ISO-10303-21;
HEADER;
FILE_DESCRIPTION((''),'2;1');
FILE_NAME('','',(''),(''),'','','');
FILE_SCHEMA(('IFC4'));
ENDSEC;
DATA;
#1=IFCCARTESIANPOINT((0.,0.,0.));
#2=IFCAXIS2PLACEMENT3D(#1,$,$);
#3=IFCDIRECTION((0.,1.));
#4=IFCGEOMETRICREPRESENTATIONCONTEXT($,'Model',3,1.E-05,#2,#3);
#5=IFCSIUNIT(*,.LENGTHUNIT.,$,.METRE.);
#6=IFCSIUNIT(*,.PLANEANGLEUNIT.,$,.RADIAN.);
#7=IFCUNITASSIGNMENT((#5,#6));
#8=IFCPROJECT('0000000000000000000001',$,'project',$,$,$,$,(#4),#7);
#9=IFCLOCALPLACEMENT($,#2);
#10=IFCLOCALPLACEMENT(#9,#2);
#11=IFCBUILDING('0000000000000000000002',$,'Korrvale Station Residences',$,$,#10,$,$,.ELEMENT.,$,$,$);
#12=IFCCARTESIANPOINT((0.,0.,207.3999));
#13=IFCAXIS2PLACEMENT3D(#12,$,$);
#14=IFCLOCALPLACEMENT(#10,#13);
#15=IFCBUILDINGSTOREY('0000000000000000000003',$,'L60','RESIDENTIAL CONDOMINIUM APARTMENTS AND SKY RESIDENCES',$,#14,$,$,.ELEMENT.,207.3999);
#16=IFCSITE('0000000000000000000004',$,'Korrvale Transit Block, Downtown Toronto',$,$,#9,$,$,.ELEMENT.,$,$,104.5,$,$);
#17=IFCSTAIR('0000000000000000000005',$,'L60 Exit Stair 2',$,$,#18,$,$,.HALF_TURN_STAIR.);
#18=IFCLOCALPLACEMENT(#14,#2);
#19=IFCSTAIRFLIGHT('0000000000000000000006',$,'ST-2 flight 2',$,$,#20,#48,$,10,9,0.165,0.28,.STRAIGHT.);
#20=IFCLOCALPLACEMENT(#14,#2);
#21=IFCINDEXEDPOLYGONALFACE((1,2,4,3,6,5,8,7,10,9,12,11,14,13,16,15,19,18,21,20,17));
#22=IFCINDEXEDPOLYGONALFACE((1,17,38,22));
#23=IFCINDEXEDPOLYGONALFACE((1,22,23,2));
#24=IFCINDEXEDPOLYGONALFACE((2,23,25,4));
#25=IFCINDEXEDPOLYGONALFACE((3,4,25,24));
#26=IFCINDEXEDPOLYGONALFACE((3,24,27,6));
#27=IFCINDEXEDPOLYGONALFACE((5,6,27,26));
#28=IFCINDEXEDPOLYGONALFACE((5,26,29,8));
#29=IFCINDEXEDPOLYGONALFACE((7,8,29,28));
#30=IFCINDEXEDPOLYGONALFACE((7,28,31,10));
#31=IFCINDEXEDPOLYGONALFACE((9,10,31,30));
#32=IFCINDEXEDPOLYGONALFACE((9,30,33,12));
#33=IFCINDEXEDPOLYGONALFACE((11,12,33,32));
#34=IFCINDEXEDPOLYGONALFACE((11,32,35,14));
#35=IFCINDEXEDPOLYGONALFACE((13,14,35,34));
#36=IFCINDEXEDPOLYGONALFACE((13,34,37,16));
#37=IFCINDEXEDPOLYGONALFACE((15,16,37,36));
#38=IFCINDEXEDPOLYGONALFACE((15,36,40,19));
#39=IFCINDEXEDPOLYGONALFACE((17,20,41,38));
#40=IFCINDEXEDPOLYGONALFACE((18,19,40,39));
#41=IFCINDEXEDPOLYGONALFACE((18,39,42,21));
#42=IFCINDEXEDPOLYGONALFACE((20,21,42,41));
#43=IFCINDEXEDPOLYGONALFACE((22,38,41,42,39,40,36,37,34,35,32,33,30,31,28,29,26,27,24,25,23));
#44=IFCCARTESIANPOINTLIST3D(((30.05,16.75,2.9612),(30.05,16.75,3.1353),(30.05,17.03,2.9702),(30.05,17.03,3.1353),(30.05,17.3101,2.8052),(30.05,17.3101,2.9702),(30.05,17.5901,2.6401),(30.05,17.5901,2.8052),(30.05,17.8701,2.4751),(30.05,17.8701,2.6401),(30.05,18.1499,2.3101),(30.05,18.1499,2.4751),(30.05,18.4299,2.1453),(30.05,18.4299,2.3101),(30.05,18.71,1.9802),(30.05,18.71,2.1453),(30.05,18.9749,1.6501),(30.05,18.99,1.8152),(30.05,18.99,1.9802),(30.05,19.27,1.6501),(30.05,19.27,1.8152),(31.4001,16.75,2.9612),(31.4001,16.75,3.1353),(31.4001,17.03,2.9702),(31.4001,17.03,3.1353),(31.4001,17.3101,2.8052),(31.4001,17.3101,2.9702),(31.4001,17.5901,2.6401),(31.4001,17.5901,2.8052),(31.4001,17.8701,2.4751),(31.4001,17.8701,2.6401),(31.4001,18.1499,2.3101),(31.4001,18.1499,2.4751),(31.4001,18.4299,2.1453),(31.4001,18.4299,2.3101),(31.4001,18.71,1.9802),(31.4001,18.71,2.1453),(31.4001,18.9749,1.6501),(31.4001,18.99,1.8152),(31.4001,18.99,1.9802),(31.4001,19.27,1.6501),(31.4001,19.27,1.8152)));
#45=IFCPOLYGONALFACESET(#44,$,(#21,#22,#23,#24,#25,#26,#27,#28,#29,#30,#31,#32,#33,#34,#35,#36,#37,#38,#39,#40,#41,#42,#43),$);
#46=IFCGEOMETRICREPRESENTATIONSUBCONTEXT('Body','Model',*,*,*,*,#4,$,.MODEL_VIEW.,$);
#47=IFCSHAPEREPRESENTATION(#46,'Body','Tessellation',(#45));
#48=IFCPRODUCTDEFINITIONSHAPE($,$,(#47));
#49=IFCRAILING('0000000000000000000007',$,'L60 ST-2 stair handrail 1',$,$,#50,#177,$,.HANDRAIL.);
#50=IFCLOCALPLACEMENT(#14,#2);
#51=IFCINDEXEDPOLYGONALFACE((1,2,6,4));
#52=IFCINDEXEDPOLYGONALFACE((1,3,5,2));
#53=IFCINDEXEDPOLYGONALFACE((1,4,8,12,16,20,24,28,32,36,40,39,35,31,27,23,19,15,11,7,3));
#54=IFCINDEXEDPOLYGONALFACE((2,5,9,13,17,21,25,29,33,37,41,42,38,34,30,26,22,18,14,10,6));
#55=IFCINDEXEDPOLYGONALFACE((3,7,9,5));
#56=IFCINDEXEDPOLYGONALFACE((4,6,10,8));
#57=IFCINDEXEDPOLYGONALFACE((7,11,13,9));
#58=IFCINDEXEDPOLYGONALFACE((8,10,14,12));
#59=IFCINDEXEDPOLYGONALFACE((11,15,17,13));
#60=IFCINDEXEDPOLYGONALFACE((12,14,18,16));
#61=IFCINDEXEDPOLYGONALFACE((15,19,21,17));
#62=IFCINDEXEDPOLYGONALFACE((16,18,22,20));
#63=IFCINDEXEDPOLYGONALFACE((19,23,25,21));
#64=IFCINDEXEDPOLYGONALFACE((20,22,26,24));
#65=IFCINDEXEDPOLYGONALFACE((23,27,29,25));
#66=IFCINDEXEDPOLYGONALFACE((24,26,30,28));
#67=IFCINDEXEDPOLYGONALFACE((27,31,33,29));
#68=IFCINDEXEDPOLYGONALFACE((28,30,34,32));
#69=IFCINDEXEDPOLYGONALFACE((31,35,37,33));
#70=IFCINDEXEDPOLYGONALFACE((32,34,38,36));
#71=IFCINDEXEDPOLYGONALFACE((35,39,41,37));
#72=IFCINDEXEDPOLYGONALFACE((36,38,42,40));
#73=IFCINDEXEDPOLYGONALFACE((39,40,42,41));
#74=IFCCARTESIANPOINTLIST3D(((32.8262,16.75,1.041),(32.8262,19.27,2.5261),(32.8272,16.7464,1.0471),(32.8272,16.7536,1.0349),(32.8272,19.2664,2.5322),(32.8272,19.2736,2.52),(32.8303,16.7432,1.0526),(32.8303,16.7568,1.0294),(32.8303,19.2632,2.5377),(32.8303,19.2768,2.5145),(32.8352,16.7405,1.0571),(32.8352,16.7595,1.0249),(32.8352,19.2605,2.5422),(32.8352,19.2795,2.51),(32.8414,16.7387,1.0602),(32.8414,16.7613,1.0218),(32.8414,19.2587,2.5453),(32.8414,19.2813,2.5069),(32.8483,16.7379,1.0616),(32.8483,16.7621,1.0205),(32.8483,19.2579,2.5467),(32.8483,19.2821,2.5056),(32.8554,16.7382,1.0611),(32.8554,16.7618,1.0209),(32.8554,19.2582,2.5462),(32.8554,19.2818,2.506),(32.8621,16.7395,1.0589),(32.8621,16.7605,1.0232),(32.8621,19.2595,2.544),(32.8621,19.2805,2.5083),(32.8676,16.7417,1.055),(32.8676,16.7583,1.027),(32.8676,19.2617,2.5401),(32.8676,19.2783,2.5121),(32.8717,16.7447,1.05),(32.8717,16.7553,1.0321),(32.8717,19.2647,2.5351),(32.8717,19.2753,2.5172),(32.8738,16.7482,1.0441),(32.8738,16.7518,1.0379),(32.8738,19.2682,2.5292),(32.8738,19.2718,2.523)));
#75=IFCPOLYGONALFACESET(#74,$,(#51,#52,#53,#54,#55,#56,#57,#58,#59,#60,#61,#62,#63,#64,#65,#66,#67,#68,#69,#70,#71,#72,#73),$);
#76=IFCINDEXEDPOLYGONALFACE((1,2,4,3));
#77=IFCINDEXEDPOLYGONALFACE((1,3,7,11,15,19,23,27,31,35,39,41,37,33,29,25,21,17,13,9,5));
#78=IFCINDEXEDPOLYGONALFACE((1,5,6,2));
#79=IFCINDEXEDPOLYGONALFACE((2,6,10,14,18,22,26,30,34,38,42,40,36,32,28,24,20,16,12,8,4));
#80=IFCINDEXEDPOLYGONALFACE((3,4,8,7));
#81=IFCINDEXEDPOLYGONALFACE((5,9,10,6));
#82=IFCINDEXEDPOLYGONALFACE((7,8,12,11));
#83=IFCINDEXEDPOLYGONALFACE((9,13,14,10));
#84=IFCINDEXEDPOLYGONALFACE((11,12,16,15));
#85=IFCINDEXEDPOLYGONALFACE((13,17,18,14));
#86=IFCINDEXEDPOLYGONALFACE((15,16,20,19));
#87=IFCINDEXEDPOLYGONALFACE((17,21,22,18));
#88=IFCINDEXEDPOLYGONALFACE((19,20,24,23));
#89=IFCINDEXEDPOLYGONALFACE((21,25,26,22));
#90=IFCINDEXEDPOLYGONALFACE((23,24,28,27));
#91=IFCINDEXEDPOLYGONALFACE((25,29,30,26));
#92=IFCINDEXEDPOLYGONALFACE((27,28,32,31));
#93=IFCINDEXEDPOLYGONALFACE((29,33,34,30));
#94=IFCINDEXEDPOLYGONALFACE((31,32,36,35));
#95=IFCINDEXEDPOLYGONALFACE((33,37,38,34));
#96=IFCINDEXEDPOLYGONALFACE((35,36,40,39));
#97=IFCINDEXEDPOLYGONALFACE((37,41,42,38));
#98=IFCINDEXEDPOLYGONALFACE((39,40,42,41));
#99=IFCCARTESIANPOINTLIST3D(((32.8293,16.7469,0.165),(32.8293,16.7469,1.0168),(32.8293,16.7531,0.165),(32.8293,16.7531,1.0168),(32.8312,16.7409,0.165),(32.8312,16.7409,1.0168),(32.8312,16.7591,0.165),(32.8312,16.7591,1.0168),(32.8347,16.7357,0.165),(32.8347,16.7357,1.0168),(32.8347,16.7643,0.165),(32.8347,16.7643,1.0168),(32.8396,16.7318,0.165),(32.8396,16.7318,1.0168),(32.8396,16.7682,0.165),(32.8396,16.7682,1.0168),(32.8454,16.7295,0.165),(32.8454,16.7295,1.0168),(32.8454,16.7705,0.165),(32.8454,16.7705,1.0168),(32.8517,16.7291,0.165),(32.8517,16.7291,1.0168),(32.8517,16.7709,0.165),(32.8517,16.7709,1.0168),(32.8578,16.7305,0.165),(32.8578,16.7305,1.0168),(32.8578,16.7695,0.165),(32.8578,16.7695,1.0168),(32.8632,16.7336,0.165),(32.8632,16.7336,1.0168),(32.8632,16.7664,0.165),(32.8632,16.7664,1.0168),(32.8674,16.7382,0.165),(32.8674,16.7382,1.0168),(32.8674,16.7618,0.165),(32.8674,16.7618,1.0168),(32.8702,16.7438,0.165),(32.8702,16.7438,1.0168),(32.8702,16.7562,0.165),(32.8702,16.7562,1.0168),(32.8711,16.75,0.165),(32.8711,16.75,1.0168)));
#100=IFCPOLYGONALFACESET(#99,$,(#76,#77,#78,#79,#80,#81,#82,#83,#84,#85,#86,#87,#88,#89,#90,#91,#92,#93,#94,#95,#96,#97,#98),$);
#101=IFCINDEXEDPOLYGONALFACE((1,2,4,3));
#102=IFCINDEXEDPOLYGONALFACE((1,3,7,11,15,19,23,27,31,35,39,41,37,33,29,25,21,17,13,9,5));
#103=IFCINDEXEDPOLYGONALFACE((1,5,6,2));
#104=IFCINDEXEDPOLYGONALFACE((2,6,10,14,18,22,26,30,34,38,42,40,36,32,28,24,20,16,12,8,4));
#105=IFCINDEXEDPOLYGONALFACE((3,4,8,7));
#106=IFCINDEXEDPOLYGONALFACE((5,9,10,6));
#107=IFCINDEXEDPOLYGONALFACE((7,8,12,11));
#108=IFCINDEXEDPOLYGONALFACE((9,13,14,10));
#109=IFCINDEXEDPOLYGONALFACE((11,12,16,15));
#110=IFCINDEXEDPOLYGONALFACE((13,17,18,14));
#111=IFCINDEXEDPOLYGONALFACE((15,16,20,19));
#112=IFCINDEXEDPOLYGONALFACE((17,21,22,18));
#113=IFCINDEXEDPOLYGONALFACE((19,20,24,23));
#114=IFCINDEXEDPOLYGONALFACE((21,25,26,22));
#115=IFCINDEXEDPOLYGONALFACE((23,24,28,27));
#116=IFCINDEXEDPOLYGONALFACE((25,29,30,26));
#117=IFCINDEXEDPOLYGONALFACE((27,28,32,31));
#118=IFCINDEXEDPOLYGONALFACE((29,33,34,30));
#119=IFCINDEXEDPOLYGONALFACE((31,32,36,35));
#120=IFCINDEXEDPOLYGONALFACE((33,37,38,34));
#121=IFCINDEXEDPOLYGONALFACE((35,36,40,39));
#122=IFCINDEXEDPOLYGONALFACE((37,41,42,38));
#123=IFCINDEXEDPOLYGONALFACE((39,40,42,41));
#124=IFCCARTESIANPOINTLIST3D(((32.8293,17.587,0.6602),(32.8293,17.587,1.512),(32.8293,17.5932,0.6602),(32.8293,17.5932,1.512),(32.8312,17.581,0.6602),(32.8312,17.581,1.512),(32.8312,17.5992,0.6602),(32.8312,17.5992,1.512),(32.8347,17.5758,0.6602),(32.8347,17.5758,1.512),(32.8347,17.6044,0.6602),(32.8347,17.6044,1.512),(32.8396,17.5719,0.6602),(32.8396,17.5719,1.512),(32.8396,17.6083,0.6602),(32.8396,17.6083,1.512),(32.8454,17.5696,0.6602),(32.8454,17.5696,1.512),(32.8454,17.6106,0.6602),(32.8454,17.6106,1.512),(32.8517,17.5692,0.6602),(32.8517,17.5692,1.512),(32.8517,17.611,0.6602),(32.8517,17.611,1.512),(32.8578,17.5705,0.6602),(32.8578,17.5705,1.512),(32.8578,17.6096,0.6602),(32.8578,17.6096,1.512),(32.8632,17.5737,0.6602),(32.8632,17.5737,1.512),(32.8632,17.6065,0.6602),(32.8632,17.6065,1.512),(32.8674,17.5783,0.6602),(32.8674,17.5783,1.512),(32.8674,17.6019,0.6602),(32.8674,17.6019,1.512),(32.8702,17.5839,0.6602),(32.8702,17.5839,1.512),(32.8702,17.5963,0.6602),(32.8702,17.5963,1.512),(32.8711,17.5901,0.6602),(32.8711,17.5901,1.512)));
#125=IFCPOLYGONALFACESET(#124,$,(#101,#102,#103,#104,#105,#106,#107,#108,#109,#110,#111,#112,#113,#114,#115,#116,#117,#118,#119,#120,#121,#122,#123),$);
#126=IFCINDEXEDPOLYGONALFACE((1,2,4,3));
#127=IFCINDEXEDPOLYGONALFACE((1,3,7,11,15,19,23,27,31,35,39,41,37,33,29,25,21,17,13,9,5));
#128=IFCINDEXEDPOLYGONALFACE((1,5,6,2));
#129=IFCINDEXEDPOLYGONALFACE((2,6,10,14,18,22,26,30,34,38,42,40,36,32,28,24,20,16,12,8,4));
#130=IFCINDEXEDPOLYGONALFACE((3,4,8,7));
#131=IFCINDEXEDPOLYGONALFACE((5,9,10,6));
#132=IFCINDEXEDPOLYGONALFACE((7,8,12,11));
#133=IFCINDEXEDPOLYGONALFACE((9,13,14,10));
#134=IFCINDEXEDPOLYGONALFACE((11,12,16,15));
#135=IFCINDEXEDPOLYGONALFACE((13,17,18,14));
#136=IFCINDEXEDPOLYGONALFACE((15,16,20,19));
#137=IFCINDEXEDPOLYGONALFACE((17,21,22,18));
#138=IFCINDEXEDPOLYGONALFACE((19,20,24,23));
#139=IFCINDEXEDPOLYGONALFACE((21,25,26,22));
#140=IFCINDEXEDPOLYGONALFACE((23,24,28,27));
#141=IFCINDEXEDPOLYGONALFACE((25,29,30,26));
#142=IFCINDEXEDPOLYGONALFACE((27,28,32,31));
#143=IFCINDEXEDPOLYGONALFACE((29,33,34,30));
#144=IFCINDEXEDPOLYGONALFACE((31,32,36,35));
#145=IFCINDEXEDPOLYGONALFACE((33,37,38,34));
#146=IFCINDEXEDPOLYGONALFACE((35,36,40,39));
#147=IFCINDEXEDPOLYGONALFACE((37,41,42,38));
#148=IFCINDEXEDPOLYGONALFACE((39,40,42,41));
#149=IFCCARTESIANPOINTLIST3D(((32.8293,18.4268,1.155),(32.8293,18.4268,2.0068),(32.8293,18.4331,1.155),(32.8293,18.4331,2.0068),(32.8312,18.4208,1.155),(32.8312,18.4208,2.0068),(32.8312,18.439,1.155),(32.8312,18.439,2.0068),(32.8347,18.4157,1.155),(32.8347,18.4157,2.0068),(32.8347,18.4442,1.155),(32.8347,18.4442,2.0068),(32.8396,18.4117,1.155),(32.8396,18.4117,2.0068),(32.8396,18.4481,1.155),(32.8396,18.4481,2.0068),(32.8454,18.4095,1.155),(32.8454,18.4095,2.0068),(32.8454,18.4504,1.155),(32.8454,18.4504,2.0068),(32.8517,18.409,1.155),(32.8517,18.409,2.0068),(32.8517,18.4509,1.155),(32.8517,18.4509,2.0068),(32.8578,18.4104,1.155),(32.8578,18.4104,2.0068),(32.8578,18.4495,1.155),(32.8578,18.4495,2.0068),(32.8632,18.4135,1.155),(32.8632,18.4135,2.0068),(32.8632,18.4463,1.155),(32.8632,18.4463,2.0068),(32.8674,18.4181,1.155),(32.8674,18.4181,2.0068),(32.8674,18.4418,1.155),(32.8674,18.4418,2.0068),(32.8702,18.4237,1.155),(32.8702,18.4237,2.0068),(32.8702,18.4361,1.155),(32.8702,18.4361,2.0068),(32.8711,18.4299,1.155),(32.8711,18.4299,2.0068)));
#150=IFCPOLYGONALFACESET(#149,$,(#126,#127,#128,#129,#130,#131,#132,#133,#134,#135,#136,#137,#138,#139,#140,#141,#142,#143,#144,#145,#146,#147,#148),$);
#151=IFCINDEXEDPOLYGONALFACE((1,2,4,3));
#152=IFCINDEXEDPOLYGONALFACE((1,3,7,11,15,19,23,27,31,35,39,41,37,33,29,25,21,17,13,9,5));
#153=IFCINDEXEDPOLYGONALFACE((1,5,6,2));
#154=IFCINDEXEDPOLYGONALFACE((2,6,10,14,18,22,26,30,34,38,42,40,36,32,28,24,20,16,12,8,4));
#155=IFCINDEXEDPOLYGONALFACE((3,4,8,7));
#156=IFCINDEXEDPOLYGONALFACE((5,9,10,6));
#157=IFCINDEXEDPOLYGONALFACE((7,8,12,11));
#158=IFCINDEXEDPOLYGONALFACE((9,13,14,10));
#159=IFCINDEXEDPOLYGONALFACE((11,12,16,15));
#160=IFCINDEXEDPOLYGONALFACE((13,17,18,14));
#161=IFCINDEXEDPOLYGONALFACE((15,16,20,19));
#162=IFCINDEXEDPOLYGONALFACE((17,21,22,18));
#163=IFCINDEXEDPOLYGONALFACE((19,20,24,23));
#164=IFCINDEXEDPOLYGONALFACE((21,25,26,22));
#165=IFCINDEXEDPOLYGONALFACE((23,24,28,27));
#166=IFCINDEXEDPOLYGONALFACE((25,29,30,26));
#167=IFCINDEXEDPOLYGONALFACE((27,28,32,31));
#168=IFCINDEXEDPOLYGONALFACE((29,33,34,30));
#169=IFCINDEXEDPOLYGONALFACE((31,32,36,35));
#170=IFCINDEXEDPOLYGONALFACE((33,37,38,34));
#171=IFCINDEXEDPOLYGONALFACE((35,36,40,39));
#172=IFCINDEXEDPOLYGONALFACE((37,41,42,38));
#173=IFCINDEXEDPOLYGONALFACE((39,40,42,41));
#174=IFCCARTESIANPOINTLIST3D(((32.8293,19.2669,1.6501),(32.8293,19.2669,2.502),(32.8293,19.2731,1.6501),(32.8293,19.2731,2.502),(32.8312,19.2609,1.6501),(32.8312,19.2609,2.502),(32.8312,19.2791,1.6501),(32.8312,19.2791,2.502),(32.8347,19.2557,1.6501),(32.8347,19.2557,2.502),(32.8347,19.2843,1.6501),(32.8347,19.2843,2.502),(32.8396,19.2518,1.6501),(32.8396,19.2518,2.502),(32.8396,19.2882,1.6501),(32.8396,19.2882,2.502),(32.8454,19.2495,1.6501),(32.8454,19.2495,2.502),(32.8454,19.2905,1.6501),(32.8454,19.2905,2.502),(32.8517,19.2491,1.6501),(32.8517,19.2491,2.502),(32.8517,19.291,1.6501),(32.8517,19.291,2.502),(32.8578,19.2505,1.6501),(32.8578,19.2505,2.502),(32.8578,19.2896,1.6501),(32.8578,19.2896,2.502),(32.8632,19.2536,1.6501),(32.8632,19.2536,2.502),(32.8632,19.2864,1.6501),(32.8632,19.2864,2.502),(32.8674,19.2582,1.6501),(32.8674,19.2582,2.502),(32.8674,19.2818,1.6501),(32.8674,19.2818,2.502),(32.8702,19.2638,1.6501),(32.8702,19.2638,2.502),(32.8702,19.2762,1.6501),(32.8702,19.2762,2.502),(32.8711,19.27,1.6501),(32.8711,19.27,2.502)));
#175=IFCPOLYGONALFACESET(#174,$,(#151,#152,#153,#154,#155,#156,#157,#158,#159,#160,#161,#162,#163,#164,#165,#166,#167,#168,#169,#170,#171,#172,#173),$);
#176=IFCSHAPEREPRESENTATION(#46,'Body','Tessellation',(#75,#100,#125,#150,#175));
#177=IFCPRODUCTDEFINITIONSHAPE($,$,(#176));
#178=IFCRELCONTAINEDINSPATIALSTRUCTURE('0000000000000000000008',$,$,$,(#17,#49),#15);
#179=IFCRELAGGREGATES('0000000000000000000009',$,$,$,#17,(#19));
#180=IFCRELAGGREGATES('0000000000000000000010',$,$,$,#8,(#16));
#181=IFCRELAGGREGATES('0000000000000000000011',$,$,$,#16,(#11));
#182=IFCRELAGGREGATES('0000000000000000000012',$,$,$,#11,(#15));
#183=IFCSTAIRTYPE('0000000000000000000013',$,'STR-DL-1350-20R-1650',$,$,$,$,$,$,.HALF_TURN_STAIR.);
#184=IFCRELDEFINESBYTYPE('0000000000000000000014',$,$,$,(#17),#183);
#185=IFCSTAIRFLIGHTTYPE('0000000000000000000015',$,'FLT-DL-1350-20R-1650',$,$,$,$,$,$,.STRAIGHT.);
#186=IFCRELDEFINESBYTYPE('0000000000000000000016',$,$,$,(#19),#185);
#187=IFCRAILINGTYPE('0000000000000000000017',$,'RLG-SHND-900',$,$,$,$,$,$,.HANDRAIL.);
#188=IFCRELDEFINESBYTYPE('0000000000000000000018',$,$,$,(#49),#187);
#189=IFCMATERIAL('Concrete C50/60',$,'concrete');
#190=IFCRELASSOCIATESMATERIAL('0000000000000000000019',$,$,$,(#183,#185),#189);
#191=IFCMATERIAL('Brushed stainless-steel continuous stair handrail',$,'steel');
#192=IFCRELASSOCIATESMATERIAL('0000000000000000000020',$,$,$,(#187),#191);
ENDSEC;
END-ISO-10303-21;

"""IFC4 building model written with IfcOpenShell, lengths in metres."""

from ifc_helpers import new_model, si_unit, direction, frame, origin, origin_2d, place, context, subcontext, project, spatial, polyline, circle, outline, extrude, material, type_object, element, aggregate, save


model = new_model("IFC4")

# Units and contexts
model_context = context("Model", 3, precision=1e-05, world=origin(), true_north=direction((0.0, 1.0)))
body_context = subcontext(model_context, "Body", "Model", "MODEL_VIEW")
ifc_project = project(units=[si_unit("LENGTHUNIT", "METRE"), si_unit("PLANEANGLEUNIT", "RADIAN")], contexts=[model_context])

# Site, building, storey
site_placement = place(None, origin())
site = spatial("IfcSite", under=ifc_project, at=site_placement, Name="Korrvale Transit Block, Downtown Toronto", CompositionType="ELEMENT", RefElevation=104.5)
building_placement = place(site_placement, origin())
building = spatial("IfcBuilding", under=site, at=building_placement, Name="Korrvale Station Residences", CompositionType="ELEMENT")
storey_placement = place(building_placement, frame((0.0, 0.0, 207.3999)))
storey = spatial("IfcBuildingStorey", under=building, at=storey_placement, Name="L60", Description="RESIDENTIAL CONDOMINIUM APARTMENTS AND SKY RESIDENCES", CompositionType="ELEMENT", Elevation=207.3999)

# Shared definitions
ifc_material_1 = material(Name="Concrete C50/60", Category="concrete")

# Stair, stair flight
stair_type = type_object("IfcStairType", Name="STR-DL-1350-20R-1650", PredefinedType="HALF_TURN_STAIR", material=ifc_material_1)
stair_placement = place(storey_placement, origin())
stair = element("IfcStair", 1, at=stair_placement, inside=storey, type_object=stair_type, Name="L60 Exit Stair 2", PredefinedType="HALF_TURN_STAIR")
stair_flight_type = type_object("IfcStairFlightType", Name="FLT-DL-1350-20R-1650", PredefinedType="STRAIGHT", material=ifc_material_1)
stair_flight_1_placement = place(storey_placement, frame((30.7251, 19.27, 1.6501), z_axis=(0.0, 0.0, 1.0), x_axis=(0.0, -1.0, 0.0)))
stair_flight_1 = element("IfcStairFlight", 2, at=stair_flight_1_placement, type_object=stair_flight_type, Name="ST-2 flight 2", NumberOfRisers=10, NumberOfTreads=9, PredefinedType="STRAIGHT", RiserHeight=0.165, TreadLength=0.28, context=body_context, shape_type="SweptSolid", body=[
    extrude(outline(polyline([(0.0, 0.0), (0.0, 0.165), (0.28, 0.165), (0.28, 0.3301), (0.5601, 0.3301), (0.5601, 0.4951), (0.8401, 0.4951), (0.8401, 0.6599), (1.1201, 0.6599), (1.1201, 0.825), (1.3999, 0.825), (1.3999, 0.99), (1.6799, 0.99), (1.6799, 1.155), (1.96, 1.155), (1.96, 1.3201), (2.24, 1.3201), (2.24, 1.4851), (2.52, 1.4851), (2.52, 1.6499), (2.52, 1.311), (0.2952, 0.0), (0.0, 0.0)])), frame((0.0, 0.675, 0.0), z_axis=(0.0, -1.0, 0.0), x_axis=(1.0, 0.0, 0.0)), (0.0, 0.0, 1.0), 1.3501),
])
aggregate(stair, [stair_flight_1])

# Railing
ifc_material_2 = material(Name="Brushed stainless-steel continuous stair handrail", Category="steel")
railing_type_1 = type_object("IfcRailingType", Name="RLG-SHND-900", PredefinedType="HANDRAIL", material=ifc_material_2)
railing_1_placement = place(storey_placement, frame((32.8501, 16.75, 0.165)))
element("IfcRailing", 3, at=railing_1_placement, inside=storey, type_object=railing_type_1, Name="L60 ST-2 stair handrail 1", PredefinedType="HANDRAIL", context=body_context, shape_type="SweptSolid", body=[
    extrude(circle(Radius=0.0239, at=origin_2d()), frame((0.0, 0.0, 0.876), z_axis=(0.0, 0.861524, 0.507717), x_axis=(-1.0, 0.0, 0.0)), (0.0, 0.0, 1.0), 2.925),
    extrude(circle(Radius=0.021, at=origin_2d()), origin(), (0.0, 0.0, 1.0), 0.8518),
    extrude(circle(Radius=0.021, at=origin_2d()), frame((0.0, 0.8401, 0.4951)), (0.0, 0.0, 1.0), 0.8518),
    extrude(circle(Radius=0.021, at=origin_2d()), frame((0.0, 1.6799, 0.99)), (0.0, 0.0, 1.0), 0.8518),
    extrude(circle(Radius=0.021, at=origin_2d()), frame((0.0, 2.52, 1.4851)), (0.0, 0.0, 1.0), 0.8518),
])

save(model, "model.ifc")
